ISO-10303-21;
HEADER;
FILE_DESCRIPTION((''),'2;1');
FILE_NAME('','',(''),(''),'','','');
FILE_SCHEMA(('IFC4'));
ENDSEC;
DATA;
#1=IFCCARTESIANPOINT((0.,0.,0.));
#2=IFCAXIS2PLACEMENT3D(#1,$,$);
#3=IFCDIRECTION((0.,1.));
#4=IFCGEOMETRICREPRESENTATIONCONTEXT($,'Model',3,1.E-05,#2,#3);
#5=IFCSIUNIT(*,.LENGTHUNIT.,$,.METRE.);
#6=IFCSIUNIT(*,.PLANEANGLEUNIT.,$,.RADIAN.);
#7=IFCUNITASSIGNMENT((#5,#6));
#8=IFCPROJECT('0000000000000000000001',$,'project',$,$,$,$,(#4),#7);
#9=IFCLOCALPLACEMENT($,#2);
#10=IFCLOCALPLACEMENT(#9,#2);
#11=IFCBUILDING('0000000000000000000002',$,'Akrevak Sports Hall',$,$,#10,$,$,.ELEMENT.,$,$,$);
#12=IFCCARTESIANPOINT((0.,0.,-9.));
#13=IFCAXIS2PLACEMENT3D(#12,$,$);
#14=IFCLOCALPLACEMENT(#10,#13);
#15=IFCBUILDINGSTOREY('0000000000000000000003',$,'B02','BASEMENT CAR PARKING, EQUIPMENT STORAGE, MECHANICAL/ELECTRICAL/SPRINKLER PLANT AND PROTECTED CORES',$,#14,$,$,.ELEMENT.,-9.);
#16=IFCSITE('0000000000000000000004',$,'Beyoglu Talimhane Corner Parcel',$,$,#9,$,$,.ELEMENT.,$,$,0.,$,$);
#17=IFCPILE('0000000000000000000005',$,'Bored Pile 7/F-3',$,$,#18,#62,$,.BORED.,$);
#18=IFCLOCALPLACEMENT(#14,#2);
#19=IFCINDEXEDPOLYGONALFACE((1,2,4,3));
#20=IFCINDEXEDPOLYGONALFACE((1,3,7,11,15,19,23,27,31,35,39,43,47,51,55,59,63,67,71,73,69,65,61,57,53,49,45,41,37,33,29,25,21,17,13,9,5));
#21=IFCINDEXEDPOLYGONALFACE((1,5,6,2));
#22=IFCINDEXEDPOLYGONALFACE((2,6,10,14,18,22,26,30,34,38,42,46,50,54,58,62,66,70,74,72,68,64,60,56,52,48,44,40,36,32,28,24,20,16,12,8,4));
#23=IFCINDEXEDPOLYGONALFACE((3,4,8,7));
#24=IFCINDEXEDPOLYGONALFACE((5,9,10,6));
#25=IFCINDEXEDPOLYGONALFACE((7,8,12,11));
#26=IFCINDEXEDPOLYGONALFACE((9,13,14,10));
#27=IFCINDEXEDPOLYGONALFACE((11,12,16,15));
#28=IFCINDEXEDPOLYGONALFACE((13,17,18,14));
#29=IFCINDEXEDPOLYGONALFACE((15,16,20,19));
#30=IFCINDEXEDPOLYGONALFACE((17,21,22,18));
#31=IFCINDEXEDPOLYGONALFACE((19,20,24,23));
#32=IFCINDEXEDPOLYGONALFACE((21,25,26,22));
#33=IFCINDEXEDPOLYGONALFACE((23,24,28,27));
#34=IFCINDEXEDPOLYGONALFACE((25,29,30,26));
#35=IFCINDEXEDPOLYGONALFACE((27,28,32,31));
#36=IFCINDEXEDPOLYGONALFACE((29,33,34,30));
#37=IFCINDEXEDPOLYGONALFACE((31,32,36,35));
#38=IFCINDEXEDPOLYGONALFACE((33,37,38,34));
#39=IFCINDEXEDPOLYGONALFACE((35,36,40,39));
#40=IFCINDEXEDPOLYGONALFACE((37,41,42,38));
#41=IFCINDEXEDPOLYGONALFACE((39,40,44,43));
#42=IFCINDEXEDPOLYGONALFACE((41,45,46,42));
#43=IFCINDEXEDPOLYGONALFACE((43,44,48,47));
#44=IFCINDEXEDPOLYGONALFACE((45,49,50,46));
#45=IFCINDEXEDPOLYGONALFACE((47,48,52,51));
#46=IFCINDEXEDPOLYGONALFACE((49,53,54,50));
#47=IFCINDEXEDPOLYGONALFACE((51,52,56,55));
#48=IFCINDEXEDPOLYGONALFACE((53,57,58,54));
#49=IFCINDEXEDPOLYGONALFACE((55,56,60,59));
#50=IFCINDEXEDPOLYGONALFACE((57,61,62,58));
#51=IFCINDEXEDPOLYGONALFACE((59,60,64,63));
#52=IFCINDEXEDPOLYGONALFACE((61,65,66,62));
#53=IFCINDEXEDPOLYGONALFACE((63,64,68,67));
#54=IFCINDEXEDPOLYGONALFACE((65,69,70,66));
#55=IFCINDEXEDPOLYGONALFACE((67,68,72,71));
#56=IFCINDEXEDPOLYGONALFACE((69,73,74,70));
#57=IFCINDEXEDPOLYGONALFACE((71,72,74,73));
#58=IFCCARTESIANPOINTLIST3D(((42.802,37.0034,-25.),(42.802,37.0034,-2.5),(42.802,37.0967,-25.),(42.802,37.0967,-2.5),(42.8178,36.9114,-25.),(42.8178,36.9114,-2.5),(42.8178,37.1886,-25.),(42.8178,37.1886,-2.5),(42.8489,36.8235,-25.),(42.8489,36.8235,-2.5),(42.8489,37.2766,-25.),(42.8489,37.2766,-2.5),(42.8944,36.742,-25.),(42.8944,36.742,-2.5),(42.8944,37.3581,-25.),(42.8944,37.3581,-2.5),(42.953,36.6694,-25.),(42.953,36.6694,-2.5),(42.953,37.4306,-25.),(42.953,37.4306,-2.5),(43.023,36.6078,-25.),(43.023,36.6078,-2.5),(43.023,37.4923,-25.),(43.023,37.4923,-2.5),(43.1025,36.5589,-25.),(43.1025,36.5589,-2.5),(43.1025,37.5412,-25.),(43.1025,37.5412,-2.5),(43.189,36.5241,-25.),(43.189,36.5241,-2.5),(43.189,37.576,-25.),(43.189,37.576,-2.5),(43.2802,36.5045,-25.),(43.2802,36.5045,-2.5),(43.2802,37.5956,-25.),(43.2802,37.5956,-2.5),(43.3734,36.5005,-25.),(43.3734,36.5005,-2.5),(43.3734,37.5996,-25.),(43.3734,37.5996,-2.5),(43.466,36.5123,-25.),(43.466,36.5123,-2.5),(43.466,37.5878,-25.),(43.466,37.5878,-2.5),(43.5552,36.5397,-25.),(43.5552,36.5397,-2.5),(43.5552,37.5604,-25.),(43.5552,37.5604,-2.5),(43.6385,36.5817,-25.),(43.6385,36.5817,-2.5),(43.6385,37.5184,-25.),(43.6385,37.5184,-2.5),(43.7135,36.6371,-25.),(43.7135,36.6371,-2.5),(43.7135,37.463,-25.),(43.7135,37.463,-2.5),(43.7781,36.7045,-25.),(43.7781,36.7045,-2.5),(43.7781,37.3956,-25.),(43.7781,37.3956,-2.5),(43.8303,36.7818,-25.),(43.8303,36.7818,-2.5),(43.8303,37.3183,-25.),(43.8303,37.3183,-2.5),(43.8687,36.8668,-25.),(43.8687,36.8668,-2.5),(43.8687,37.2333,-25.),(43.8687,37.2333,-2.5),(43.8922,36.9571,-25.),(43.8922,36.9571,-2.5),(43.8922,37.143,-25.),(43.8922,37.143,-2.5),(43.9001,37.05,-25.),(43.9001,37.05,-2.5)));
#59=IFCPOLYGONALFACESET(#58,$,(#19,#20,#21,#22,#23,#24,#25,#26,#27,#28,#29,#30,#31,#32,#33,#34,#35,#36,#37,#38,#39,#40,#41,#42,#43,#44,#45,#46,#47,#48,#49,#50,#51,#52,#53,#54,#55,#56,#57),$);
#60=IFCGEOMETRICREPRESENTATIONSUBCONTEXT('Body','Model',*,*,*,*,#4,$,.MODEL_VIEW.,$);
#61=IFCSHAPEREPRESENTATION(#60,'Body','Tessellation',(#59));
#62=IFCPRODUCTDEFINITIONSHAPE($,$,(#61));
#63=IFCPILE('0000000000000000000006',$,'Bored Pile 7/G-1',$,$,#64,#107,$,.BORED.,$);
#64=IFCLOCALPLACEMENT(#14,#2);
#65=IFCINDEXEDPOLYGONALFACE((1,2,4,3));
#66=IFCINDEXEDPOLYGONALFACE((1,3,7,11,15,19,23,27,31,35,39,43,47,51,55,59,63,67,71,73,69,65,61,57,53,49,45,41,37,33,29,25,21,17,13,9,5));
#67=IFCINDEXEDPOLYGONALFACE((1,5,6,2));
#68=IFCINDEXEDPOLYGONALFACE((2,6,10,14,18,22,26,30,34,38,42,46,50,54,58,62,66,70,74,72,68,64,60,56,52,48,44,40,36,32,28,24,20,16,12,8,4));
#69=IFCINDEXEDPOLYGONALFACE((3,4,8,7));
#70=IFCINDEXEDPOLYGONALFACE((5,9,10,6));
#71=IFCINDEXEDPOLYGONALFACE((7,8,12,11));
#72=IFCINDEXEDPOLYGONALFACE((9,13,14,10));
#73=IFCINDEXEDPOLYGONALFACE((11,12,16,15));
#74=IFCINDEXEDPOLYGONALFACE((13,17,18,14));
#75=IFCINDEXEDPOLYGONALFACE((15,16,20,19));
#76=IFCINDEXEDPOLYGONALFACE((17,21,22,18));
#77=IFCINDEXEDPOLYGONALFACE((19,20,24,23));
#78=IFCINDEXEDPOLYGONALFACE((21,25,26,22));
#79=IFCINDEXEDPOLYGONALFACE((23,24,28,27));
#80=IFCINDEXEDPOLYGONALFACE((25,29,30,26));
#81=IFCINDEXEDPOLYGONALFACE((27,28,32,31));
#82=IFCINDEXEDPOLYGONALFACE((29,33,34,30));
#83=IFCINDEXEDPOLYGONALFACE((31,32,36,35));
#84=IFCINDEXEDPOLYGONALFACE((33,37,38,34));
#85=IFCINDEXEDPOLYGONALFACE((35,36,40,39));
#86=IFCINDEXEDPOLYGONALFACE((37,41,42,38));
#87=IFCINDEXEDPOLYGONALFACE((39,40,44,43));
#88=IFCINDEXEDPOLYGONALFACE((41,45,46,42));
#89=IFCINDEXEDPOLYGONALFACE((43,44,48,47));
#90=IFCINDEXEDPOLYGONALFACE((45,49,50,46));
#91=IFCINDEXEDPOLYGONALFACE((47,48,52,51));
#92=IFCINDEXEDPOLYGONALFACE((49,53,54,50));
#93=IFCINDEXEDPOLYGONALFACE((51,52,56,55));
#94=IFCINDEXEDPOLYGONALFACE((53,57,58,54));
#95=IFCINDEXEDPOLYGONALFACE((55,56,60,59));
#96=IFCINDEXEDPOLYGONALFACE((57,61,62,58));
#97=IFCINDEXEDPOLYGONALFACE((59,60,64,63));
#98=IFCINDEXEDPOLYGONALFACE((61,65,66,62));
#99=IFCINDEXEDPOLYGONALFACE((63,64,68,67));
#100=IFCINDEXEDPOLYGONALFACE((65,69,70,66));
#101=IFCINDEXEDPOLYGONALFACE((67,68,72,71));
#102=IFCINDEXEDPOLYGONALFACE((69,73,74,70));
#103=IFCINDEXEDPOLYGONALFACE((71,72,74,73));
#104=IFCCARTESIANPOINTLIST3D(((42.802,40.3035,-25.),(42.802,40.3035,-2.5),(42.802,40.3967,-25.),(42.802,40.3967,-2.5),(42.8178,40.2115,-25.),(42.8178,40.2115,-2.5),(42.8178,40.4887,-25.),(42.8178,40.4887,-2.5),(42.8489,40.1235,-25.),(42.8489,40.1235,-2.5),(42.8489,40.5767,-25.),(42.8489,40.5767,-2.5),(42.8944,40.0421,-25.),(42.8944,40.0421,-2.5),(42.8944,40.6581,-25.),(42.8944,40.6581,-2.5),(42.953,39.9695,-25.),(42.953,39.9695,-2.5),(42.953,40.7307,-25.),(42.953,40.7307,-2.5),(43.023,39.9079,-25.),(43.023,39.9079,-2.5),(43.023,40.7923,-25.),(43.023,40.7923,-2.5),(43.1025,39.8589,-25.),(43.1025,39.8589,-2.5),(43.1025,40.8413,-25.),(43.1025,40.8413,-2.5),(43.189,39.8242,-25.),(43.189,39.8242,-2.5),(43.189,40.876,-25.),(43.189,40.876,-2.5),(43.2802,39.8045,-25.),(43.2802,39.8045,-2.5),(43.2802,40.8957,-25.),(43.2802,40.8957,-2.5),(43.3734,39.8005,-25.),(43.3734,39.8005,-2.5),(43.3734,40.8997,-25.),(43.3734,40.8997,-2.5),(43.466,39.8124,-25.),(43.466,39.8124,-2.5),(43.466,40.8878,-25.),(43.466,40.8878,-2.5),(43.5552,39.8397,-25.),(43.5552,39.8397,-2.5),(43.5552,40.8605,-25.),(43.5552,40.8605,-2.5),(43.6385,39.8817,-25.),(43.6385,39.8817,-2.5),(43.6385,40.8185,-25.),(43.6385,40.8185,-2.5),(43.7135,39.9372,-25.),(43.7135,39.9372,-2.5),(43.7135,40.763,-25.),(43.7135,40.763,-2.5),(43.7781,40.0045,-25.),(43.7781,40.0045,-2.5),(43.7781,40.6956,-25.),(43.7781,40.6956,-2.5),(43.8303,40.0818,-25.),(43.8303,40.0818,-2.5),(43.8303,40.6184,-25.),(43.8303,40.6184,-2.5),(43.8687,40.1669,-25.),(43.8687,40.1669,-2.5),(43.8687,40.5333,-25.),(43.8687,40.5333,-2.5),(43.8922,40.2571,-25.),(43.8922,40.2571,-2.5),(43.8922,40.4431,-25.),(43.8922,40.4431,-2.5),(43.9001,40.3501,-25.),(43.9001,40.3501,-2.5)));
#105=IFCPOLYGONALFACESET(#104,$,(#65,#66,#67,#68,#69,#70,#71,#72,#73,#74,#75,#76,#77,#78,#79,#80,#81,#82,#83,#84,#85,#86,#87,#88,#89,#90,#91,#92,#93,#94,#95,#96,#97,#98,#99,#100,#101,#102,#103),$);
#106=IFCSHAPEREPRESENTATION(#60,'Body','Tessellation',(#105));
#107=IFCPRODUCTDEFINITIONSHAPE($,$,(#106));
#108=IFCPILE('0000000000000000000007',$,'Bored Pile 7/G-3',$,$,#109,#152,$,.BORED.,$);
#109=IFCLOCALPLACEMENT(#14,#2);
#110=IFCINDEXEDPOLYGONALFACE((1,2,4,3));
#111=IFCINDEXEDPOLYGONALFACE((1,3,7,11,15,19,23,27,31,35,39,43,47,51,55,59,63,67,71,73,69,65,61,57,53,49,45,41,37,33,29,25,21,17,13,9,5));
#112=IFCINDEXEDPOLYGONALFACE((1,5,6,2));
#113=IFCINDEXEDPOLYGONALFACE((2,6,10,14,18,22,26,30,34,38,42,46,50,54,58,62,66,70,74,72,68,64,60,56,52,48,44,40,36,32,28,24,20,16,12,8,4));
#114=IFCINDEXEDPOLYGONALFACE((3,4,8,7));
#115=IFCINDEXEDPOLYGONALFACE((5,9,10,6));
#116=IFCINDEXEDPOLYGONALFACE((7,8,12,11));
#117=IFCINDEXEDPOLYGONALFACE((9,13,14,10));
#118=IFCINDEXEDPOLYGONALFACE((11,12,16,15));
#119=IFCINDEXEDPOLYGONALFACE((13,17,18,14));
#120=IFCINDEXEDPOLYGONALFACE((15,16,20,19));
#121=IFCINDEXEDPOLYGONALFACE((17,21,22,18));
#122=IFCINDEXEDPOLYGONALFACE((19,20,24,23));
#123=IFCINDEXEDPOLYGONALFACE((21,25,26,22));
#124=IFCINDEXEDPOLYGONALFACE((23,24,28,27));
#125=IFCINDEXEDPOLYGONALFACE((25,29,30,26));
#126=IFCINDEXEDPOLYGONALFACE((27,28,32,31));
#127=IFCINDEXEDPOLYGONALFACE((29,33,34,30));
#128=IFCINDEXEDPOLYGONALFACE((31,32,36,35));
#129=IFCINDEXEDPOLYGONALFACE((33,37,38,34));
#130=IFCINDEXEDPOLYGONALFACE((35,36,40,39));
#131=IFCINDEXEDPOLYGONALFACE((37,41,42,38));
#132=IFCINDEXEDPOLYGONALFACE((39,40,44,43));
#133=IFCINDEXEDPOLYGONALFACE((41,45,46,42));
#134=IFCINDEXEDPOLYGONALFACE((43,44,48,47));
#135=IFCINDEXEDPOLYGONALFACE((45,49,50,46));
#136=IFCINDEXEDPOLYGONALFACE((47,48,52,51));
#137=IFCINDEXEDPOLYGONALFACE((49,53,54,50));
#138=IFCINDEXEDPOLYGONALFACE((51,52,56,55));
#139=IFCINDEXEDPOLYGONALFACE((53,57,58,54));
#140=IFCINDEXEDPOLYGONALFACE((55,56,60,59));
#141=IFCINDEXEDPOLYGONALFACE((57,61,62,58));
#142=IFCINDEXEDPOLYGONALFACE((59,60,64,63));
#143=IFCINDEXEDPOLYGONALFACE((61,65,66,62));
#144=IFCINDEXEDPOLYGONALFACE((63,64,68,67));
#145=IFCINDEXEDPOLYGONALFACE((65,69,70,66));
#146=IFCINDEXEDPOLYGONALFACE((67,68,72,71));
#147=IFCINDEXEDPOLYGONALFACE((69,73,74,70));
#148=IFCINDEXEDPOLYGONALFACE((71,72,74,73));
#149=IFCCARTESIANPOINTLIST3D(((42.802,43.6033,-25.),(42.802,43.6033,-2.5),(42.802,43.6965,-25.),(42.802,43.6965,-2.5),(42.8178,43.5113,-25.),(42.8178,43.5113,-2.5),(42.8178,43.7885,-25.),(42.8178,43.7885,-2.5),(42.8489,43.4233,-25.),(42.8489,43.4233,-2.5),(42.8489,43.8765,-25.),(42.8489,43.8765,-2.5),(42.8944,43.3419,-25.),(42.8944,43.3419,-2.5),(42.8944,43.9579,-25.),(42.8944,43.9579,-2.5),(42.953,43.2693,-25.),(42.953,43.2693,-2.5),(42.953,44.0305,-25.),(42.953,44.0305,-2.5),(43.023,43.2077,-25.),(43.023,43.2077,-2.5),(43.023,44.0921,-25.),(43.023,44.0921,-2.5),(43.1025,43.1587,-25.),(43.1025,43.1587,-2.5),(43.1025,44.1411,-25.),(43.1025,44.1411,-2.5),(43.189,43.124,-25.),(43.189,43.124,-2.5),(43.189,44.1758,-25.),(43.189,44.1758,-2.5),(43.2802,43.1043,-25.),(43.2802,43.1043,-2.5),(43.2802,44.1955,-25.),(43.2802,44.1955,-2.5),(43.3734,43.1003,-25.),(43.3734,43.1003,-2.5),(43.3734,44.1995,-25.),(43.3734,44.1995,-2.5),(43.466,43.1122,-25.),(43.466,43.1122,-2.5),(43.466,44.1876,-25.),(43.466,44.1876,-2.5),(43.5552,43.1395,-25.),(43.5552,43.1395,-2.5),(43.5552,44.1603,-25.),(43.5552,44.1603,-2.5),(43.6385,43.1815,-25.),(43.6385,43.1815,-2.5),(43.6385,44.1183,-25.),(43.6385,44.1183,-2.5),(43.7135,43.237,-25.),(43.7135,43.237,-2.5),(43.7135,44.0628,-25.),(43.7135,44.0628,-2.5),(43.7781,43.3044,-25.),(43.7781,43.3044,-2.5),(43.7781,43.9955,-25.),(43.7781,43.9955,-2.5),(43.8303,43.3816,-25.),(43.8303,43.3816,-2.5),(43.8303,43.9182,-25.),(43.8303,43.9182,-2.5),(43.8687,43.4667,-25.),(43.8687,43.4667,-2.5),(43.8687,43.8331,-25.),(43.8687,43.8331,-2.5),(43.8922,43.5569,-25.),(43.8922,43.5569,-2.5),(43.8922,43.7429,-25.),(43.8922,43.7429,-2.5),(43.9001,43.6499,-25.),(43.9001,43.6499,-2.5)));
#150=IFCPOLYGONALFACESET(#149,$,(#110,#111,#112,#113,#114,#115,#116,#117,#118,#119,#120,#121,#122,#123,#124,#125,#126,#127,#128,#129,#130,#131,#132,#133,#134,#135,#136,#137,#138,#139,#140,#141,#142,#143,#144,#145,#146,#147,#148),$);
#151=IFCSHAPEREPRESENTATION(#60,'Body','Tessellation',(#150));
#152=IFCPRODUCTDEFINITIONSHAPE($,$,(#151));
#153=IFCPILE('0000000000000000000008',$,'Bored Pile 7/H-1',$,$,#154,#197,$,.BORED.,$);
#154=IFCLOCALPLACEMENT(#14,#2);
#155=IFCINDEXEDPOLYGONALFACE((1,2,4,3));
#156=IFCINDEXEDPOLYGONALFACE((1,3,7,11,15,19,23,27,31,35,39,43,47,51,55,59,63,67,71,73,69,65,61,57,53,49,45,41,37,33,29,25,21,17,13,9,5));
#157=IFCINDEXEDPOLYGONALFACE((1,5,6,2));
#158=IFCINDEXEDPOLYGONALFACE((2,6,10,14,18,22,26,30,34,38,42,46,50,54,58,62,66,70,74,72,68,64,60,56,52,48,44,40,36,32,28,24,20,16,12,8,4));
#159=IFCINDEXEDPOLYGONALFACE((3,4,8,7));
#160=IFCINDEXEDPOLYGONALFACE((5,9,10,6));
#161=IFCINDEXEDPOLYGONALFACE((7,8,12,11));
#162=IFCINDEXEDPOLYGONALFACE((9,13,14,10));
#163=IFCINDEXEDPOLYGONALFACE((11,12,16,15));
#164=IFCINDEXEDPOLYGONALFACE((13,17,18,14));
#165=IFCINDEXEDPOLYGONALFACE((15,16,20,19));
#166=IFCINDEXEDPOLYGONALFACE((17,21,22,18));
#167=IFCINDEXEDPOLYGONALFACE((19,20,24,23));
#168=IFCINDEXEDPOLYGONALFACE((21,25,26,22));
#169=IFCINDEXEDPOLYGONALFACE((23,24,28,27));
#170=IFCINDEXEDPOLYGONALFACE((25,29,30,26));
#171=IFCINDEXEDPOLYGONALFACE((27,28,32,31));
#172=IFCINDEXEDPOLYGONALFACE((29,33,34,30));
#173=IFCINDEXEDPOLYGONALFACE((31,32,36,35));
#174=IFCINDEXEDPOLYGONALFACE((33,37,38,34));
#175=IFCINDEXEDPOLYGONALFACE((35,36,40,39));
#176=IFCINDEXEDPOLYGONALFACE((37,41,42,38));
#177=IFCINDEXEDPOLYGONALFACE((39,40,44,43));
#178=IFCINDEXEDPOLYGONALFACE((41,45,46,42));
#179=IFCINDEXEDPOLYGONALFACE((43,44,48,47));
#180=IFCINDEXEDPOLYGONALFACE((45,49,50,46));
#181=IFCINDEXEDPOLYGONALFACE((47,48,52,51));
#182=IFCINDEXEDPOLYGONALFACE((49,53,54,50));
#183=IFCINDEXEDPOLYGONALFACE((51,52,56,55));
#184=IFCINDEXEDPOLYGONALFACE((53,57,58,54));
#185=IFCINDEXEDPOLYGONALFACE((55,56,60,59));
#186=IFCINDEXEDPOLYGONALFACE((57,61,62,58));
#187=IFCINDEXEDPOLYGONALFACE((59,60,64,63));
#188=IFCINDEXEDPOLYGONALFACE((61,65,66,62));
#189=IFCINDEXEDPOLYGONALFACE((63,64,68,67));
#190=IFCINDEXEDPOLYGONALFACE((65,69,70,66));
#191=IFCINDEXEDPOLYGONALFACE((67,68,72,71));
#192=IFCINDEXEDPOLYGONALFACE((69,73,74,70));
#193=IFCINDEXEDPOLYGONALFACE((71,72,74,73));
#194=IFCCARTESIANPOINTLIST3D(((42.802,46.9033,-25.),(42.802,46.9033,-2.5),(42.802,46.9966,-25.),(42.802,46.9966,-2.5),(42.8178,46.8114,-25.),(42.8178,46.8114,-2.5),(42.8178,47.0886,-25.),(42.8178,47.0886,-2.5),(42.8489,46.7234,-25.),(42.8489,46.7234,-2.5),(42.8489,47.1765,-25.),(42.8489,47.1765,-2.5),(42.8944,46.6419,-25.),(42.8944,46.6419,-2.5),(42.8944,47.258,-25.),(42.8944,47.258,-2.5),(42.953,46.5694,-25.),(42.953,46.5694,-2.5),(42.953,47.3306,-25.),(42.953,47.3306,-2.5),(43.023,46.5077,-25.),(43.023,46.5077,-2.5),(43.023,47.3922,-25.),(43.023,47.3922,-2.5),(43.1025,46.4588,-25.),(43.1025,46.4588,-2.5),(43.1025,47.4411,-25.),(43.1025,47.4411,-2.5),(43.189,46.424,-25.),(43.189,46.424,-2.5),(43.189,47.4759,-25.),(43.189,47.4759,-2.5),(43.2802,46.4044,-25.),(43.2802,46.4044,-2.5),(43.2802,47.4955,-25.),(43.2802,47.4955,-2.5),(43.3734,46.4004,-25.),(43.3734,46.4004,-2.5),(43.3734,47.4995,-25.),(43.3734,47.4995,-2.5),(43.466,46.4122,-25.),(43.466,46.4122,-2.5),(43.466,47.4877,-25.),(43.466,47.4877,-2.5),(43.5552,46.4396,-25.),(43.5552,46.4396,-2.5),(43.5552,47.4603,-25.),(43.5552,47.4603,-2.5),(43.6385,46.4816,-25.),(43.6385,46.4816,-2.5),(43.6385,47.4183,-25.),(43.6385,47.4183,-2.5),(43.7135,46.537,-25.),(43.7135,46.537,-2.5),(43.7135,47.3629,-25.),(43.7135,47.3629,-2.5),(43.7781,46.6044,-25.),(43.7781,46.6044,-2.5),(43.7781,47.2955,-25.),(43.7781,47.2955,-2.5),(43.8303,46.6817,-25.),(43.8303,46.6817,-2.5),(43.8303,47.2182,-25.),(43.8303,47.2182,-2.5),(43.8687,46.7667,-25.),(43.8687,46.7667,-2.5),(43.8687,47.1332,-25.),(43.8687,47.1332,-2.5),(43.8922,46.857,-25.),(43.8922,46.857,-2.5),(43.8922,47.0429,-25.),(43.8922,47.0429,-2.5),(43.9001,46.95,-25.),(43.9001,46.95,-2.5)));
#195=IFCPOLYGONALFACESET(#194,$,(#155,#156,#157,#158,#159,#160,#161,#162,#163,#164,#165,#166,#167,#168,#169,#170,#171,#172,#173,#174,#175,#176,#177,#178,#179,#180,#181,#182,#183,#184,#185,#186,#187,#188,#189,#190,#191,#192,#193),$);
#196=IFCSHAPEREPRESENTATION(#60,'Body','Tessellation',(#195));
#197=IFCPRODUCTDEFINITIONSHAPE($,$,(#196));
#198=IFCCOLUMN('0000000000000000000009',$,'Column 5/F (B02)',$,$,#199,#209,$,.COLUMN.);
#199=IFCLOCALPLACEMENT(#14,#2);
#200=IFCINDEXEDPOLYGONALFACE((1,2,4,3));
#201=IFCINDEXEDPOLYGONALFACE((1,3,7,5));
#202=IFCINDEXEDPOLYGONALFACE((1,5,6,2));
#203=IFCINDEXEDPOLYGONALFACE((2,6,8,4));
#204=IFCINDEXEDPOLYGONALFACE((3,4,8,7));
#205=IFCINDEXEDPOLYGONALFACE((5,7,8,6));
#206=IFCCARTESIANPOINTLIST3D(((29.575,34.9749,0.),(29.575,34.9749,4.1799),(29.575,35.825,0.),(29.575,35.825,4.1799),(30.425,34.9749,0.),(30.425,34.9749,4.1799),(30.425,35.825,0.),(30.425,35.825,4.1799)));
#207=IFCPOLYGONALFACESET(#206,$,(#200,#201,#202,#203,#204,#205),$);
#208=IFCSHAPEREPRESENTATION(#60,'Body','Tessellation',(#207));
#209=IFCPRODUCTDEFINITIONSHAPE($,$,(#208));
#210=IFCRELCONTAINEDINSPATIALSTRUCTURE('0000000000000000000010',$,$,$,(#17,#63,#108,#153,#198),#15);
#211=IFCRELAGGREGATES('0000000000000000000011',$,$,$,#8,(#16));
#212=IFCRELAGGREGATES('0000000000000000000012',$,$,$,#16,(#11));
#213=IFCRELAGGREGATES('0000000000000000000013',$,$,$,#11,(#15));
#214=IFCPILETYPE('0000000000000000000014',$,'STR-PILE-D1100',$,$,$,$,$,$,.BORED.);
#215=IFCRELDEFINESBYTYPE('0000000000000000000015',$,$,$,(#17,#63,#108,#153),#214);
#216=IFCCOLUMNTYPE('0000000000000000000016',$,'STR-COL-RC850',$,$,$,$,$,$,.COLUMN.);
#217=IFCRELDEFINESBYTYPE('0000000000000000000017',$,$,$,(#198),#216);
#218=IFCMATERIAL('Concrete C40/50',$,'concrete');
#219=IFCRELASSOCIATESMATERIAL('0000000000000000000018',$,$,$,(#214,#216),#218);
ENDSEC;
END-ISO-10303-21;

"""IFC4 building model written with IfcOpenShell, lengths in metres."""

from ifc_helpers import new_model, si_unit, direction, frame, origin, origin_2d, place, context, subcontext, project, spatial, rectangle, circle, extrude, material, material_profile, profile_set, type_object, element, save


model = new_model("IFC4")

# Units and contexts
model_context = context("Model", 3, precision=1e-05, world=origin(), true_north=direction((0.0, 1.0)))
body_context = subcontext(model_context, "Body", "Model", "MODEL_VIEW")
ifc_project = project(units=[si_unit("LENGTHUNIT", "METRE"), si_unit("PLANEANGLEUNIT", "RADIAN")], contexts=[model_context])

# Site, building, storey
site_placement = place(None, origin())
site = spatial("IfcSite", under=ifc_project, at=site_placement, Name="Beyoglu Talimhane Corner Parcel", CompositionType="ELEMENT", RefElevation=0.0)
building_placement = place(site_placement, origin())
building = spatial("IfcBuilding", under=site, at=building_placement, Name="Akrevak Sports Hall", CompositionType="ELEMENT")
storey_placement = place(building_placement, frame((0.0, 0.0, -9.0)))
storey = spatial("IfcBuildingStorey", under=building, at=storey_placement, Name="B02", Description="BASEMENT CAR PARKING, EQUIPMENT STORAGE, MECHANICAL/ELECTRICAL/SPRINKLER PLANT AND PROTECTED CORES", CompositionType="ELEMENT", Elevation=-9.0)

# Shared definitions
ifc_material_1 = material(Name="Concrete C40/50", Category="concrete")

# Piles
ifc_material_profile_1 = material_profile(ifc_material_1, circle(Radius=0.55, at=origin_2d()), Name="BORED PILE D1100", Category="concrete")
ifc_profile_set_1 = profile_set([ifc_material_profile_1], Name="Concrete C40/50")
pile_type_1 = type_object("IfcPileType", Name="STR-PILE-D1100", PredefinedType="BORED", material=ifc_profile_set_1)
for number, where, z_axis, x_axis, name in (
    (1, (43.3501, 37.05, -2.5), (0.0, 0.0, -1.0), (1.0, 0.0, 0.0), "Bored Pile 7/F-3"),
    (2, (43.3501, 40.3501, -2.5), (0.0, 0.0, -1.0), (1.0, 0.0, 0.0), "Bored Pile 7/G-1"),
    (3, (43.3501, 43.6499, -2.5), (0.0, 0.0, -1.0), (1.0, 0.0, 0.0), "Bored Pile 7/G-3"),
    (4, (43.3501, 46.95, -2.5), (0.0, 0.0, -1.0), (1.0, 0.0, 0.0), "Bored Pile 7/H-1"),
):
    element("IfcPile", number, at=place(storey_placement, frame(where, z_axis=z_axis, x_axis=x_axis)), inside=storey, type_object=pile_type_1, Name=name, PredefinedType="BORED", context=body_context, shape_type="SweptSolid", body=[
        extrude(circle(Radius=0.55, at=origin_2d()), origin(), (0.0, 0.0, 1.0), 22.5),
    ])

# Column
ifc_material_profile_2 = material_profile(ifc_material_1, rectangle(XDim=0.8501, YDim=0.8501, at=origin_2d()), Name="RC 850x850", Category="concrete")
ifc_profile_set_2 = profile_set([ifc_material_profile_2], Name="Concrete C40/50")
column_type_1 = type_object("IfcColumnType", Name="STR-COL-RC850", PredefinedType="COLUMN", material=ifc_profile_set_2)
for number, where, z_axis, x_axis, name in (
    (5, (30.0, 35.3999, 0.0), (0.0, 0.0, 1.0), (1.0, 0.0, 0.0), "Column 5/F (B02)"),
):
    element("IfcColumn", number, at=place(storey_placement, frame(where, z_axis=z_axis, x_axis=x_axis)), inside=storey, type_object=column_type_1, Name=name, PredefinedType="COLUMN", context=body_context, shape_type="SweptSolid", body=[
        extrude(rectangle(XDim=0.8501, YDim=0.8501, at=origin_2d()), origin(), (0.0, 0.0, 1.0), 4.1799),
    ])

save(model, "model.ifc")
